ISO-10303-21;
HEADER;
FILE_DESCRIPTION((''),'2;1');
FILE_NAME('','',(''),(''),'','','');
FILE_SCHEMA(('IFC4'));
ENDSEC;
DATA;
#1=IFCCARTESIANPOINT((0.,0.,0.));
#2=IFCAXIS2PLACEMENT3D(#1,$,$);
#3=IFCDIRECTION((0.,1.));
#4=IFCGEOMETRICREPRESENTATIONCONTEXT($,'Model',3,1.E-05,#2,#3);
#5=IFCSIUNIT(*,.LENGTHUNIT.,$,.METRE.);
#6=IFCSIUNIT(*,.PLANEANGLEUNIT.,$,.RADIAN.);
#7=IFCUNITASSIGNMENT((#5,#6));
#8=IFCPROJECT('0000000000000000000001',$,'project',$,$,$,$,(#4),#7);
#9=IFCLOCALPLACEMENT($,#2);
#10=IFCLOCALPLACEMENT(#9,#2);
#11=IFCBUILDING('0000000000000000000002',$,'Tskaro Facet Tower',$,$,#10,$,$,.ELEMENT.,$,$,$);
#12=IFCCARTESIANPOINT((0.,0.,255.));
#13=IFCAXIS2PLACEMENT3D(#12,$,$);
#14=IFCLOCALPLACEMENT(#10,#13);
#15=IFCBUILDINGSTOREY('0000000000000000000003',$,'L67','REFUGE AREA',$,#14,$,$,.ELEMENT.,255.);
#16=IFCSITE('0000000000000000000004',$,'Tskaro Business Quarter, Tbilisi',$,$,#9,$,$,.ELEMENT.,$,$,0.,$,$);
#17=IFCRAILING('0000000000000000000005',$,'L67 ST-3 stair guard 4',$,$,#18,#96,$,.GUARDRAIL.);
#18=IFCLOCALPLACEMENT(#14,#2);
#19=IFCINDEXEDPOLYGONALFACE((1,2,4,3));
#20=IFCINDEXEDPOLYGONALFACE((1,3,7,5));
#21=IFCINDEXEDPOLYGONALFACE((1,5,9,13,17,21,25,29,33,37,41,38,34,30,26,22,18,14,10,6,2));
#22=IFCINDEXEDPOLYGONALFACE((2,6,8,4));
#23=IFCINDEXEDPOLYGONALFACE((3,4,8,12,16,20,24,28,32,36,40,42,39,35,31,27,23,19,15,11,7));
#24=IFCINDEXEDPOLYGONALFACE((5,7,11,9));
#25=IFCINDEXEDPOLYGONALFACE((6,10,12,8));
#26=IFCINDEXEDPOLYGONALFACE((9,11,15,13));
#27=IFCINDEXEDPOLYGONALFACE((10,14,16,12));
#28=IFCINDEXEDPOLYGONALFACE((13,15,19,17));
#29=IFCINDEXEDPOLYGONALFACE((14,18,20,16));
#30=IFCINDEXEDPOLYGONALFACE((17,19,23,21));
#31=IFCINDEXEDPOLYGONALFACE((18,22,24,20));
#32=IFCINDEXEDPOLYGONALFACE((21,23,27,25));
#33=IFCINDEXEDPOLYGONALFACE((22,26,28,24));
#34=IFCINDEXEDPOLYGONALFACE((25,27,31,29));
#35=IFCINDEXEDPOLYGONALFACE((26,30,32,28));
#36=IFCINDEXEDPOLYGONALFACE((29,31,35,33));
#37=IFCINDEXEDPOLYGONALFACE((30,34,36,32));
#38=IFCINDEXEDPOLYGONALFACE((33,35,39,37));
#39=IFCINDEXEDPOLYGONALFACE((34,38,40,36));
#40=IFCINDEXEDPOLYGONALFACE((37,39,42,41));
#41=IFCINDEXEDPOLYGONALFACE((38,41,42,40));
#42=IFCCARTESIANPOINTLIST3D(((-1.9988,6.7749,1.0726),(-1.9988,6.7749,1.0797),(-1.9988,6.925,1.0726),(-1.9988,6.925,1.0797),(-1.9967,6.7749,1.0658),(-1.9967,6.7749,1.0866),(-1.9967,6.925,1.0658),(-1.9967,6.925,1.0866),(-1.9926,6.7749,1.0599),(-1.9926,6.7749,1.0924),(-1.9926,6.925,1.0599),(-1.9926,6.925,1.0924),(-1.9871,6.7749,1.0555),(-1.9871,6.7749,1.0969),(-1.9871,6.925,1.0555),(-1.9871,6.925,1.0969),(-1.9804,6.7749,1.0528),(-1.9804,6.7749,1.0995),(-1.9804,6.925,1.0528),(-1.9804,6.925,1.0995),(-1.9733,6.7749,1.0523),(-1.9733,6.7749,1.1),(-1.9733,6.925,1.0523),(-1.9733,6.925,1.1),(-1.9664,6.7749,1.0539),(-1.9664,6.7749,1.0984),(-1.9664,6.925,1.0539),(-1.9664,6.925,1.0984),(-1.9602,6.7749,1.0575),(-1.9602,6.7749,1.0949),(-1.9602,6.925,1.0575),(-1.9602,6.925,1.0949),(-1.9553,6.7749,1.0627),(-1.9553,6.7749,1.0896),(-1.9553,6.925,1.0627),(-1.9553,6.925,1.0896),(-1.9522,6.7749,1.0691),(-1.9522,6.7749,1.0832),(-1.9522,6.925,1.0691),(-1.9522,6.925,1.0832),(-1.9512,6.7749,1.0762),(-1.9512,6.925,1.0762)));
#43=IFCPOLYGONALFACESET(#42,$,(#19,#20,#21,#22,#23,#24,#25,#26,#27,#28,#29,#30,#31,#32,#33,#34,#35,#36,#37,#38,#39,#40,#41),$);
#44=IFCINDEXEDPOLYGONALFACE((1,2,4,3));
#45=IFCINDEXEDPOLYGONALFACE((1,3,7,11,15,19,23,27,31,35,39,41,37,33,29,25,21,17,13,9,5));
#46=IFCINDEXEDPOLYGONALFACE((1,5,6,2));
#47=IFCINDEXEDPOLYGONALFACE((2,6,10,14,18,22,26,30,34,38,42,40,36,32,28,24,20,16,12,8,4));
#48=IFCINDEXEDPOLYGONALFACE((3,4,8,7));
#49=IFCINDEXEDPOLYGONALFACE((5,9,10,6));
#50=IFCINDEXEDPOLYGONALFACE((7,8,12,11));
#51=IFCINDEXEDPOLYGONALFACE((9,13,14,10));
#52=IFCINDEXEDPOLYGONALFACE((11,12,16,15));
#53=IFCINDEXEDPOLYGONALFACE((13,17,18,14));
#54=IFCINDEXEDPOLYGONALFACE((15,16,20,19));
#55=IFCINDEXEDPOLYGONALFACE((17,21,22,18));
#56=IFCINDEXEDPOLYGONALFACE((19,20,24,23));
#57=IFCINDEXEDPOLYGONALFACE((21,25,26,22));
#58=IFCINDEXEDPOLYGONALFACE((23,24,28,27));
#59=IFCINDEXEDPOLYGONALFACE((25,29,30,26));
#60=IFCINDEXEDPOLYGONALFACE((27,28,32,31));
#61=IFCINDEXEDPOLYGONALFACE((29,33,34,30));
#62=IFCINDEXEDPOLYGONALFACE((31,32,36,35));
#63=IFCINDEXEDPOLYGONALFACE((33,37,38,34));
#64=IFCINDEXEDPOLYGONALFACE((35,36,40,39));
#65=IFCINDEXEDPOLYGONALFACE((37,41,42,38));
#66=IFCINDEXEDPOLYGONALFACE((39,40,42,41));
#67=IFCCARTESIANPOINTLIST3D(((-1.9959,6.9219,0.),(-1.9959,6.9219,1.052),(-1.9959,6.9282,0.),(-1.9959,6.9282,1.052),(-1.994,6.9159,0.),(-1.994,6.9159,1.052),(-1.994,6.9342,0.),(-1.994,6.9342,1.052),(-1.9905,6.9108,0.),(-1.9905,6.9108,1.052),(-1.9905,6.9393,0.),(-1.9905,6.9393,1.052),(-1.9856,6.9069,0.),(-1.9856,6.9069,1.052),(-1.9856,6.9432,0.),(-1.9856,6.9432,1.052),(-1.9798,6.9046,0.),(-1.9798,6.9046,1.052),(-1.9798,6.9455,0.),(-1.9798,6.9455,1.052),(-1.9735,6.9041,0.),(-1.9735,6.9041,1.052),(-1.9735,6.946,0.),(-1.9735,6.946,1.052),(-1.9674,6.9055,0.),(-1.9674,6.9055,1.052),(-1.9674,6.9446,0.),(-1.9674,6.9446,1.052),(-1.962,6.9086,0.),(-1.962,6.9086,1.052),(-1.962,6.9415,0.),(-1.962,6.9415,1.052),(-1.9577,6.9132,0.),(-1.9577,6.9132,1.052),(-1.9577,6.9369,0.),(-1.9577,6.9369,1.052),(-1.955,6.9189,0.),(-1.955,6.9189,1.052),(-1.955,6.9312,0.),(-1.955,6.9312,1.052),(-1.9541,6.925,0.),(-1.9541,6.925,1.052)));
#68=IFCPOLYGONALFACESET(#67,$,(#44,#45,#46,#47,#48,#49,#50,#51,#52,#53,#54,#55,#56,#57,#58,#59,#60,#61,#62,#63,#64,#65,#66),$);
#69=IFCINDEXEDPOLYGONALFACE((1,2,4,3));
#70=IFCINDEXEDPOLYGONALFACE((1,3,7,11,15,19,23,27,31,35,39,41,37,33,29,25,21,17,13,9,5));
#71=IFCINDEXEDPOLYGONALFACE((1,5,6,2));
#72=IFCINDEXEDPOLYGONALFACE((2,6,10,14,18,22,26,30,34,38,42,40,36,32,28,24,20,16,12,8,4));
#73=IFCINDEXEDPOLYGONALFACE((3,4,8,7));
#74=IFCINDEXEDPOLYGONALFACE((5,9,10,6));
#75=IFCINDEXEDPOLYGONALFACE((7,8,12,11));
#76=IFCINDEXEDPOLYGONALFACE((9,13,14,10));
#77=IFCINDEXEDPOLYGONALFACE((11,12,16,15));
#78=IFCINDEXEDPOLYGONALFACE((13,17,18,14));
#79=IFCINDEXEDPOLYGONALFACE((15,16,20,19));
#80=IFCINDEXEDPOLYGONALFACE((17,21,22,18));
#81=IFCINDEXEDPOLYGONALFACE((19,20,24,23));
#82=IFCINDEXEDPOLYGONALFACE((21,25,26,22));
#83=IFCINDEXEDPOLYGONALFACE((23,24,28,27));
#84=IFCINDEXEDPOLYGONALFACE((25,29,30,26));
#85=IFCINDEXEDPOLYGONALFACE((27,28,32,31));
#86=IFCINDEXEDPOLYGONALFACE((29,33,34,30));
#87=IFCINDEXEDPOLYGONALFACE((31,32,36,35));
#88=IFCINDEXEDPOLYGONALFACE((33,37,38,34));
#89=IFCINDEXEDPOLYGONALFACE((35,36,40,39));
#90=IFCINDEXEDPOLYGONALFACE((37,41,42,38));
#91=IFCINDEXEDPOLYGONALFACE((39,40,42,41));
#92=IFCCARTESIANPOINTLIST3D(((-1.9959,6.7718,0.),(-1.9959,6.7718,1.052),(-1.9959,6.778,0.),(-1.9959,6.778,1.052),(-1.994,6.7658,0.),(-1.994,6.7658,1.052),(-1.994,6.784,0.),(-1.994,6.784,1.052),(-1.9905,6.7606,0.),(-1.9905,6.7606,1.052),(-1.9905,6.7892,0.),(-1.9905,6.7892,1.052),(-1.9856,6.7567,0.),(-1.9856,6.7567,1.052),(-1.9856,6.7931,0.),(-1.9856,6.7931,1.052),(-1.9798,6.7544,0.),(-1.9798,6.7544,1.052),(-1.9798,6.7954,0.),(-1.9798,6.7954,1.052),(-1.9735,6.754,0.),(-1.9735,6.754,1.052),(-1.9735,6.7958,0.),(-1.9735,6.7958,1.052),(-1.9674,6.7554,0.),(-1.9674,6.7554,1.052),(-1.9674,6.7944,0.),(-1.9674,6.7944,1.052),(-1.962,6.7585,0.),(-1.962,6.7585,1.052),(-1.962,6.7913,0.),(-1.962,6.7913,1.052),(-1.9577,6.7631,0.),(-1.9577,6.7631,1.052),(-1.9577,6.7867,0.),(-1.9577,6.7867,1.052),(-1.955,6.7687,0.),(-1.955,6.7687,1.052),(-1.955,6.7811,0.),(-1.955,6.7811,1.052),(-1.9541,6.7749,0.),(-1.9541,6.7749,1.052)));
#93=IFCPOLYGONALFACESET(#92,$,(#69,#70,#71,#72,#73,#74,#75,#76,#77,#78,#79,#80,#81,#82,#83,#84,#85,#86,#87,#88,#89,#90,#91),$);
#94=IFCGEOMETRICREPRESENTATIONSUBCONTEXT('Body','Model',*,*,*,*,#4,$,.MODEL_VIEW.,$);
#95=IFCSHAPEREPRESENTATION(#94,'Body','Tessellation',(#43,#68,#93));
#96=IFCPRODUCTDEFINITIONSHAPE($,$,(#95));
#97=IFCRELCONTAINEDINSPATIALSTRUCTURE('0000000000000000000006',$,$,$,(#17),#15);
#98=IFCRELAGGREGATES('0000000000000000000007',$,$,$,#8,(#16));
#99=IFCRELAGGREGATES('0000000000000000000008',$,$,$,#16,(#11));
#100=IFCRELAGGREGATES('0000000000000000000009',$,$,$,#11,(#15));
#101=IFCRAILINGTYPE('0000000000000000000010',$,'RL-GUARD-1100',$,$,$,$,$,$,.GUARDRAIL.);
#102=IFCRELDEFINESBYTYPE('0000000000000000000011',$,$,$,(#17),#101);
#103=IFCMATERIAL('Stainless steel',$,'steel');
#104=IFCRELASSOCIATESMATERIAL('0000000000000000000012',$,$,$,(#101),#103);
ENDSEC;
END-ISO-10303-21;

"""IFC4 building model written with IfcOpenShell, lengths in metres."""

from ifc_helpers import new_model, si_unit, direction, frame, origin, origin_2d, place, context, subcontext, project, spatial, circle, extrude, material, type_object, element, save


model = new_model("IFC4")

# Units and contexts
model_context = context("Model", 3, precision=1e-05, world=origin(), true_north=direction((0.0, 1.0)))
body_context = subcontext(model_context, "Body", "Model", "MODEL_VIEW")
ifc_project = project(units=[si_unit("LENGTHUNIT", "METRE"), si_unit("PLANEANGLEUNIT", "RADIAN")], contexts=[model_context])

# Site, building, storey
site_placement = place(None, origin())
site = spatial("IfcSite", under=ifc_project, at=site_placement, Name="Tskaro Business Quarter, Tbilisi", CompositionType="ELEMENT", RefElevation=0.0)
building_placement = place(site_placement, origin())
building = spatial("IfcBuilding", under=site, at=building_placement, Name="Tskaro Facet Tower", CompositionType="ELEMENT")
storey_placement = place(building_placement, frame((0.0, 0.0, 255.0)))
storey = spatial("IfcBuildingStorey", under=building, at=storey_placement, Name="L67", Description="REFUGE AREA", CompositionType="ELEMENT", Elevation=255.0)

# Railing
ifc_material_1 = material(Name="Stainless steel", Category="steel")
railing_type_1 = type_object("IfcRailingType", Name="RL-GUARD-1100", PredefinedType="GUARDRAIL", material=ifc_material_1)
railing_1_placement = place(storey_placement, frame((-1.9751, 6.925, 0.0)))
element("IfcRailing", 1, at=railing_1_placement, inside=storey, type_object=railing_type_1, Name="L67 ST-3 stair guard 4", PredefinedType="GUARDRAIL", context=body_context, shape_type="SweptSolid", body=[
    extrude(circle(Radius=0.0239, at=origin_2d()), frame((0.0, 0.0, 1.0762), z_axis=(0.0, -1.0, 0.0), x_axis=(1.0, 0.0, 0.0)), (0.0, 0.0, 1.0), 0.1501),
    extrude(circle(Radius=0.021, at=origin_2d()), origin(), (0.0, 0.0, 1.0), 1.052),
    extrude(circle(Radius=0.021, at=origin_2d()), frame((0.0, -0.1501, 0.0)), (0.0, 0.0, 1.0), 1.052),
])

save(model, "model.ifc")
